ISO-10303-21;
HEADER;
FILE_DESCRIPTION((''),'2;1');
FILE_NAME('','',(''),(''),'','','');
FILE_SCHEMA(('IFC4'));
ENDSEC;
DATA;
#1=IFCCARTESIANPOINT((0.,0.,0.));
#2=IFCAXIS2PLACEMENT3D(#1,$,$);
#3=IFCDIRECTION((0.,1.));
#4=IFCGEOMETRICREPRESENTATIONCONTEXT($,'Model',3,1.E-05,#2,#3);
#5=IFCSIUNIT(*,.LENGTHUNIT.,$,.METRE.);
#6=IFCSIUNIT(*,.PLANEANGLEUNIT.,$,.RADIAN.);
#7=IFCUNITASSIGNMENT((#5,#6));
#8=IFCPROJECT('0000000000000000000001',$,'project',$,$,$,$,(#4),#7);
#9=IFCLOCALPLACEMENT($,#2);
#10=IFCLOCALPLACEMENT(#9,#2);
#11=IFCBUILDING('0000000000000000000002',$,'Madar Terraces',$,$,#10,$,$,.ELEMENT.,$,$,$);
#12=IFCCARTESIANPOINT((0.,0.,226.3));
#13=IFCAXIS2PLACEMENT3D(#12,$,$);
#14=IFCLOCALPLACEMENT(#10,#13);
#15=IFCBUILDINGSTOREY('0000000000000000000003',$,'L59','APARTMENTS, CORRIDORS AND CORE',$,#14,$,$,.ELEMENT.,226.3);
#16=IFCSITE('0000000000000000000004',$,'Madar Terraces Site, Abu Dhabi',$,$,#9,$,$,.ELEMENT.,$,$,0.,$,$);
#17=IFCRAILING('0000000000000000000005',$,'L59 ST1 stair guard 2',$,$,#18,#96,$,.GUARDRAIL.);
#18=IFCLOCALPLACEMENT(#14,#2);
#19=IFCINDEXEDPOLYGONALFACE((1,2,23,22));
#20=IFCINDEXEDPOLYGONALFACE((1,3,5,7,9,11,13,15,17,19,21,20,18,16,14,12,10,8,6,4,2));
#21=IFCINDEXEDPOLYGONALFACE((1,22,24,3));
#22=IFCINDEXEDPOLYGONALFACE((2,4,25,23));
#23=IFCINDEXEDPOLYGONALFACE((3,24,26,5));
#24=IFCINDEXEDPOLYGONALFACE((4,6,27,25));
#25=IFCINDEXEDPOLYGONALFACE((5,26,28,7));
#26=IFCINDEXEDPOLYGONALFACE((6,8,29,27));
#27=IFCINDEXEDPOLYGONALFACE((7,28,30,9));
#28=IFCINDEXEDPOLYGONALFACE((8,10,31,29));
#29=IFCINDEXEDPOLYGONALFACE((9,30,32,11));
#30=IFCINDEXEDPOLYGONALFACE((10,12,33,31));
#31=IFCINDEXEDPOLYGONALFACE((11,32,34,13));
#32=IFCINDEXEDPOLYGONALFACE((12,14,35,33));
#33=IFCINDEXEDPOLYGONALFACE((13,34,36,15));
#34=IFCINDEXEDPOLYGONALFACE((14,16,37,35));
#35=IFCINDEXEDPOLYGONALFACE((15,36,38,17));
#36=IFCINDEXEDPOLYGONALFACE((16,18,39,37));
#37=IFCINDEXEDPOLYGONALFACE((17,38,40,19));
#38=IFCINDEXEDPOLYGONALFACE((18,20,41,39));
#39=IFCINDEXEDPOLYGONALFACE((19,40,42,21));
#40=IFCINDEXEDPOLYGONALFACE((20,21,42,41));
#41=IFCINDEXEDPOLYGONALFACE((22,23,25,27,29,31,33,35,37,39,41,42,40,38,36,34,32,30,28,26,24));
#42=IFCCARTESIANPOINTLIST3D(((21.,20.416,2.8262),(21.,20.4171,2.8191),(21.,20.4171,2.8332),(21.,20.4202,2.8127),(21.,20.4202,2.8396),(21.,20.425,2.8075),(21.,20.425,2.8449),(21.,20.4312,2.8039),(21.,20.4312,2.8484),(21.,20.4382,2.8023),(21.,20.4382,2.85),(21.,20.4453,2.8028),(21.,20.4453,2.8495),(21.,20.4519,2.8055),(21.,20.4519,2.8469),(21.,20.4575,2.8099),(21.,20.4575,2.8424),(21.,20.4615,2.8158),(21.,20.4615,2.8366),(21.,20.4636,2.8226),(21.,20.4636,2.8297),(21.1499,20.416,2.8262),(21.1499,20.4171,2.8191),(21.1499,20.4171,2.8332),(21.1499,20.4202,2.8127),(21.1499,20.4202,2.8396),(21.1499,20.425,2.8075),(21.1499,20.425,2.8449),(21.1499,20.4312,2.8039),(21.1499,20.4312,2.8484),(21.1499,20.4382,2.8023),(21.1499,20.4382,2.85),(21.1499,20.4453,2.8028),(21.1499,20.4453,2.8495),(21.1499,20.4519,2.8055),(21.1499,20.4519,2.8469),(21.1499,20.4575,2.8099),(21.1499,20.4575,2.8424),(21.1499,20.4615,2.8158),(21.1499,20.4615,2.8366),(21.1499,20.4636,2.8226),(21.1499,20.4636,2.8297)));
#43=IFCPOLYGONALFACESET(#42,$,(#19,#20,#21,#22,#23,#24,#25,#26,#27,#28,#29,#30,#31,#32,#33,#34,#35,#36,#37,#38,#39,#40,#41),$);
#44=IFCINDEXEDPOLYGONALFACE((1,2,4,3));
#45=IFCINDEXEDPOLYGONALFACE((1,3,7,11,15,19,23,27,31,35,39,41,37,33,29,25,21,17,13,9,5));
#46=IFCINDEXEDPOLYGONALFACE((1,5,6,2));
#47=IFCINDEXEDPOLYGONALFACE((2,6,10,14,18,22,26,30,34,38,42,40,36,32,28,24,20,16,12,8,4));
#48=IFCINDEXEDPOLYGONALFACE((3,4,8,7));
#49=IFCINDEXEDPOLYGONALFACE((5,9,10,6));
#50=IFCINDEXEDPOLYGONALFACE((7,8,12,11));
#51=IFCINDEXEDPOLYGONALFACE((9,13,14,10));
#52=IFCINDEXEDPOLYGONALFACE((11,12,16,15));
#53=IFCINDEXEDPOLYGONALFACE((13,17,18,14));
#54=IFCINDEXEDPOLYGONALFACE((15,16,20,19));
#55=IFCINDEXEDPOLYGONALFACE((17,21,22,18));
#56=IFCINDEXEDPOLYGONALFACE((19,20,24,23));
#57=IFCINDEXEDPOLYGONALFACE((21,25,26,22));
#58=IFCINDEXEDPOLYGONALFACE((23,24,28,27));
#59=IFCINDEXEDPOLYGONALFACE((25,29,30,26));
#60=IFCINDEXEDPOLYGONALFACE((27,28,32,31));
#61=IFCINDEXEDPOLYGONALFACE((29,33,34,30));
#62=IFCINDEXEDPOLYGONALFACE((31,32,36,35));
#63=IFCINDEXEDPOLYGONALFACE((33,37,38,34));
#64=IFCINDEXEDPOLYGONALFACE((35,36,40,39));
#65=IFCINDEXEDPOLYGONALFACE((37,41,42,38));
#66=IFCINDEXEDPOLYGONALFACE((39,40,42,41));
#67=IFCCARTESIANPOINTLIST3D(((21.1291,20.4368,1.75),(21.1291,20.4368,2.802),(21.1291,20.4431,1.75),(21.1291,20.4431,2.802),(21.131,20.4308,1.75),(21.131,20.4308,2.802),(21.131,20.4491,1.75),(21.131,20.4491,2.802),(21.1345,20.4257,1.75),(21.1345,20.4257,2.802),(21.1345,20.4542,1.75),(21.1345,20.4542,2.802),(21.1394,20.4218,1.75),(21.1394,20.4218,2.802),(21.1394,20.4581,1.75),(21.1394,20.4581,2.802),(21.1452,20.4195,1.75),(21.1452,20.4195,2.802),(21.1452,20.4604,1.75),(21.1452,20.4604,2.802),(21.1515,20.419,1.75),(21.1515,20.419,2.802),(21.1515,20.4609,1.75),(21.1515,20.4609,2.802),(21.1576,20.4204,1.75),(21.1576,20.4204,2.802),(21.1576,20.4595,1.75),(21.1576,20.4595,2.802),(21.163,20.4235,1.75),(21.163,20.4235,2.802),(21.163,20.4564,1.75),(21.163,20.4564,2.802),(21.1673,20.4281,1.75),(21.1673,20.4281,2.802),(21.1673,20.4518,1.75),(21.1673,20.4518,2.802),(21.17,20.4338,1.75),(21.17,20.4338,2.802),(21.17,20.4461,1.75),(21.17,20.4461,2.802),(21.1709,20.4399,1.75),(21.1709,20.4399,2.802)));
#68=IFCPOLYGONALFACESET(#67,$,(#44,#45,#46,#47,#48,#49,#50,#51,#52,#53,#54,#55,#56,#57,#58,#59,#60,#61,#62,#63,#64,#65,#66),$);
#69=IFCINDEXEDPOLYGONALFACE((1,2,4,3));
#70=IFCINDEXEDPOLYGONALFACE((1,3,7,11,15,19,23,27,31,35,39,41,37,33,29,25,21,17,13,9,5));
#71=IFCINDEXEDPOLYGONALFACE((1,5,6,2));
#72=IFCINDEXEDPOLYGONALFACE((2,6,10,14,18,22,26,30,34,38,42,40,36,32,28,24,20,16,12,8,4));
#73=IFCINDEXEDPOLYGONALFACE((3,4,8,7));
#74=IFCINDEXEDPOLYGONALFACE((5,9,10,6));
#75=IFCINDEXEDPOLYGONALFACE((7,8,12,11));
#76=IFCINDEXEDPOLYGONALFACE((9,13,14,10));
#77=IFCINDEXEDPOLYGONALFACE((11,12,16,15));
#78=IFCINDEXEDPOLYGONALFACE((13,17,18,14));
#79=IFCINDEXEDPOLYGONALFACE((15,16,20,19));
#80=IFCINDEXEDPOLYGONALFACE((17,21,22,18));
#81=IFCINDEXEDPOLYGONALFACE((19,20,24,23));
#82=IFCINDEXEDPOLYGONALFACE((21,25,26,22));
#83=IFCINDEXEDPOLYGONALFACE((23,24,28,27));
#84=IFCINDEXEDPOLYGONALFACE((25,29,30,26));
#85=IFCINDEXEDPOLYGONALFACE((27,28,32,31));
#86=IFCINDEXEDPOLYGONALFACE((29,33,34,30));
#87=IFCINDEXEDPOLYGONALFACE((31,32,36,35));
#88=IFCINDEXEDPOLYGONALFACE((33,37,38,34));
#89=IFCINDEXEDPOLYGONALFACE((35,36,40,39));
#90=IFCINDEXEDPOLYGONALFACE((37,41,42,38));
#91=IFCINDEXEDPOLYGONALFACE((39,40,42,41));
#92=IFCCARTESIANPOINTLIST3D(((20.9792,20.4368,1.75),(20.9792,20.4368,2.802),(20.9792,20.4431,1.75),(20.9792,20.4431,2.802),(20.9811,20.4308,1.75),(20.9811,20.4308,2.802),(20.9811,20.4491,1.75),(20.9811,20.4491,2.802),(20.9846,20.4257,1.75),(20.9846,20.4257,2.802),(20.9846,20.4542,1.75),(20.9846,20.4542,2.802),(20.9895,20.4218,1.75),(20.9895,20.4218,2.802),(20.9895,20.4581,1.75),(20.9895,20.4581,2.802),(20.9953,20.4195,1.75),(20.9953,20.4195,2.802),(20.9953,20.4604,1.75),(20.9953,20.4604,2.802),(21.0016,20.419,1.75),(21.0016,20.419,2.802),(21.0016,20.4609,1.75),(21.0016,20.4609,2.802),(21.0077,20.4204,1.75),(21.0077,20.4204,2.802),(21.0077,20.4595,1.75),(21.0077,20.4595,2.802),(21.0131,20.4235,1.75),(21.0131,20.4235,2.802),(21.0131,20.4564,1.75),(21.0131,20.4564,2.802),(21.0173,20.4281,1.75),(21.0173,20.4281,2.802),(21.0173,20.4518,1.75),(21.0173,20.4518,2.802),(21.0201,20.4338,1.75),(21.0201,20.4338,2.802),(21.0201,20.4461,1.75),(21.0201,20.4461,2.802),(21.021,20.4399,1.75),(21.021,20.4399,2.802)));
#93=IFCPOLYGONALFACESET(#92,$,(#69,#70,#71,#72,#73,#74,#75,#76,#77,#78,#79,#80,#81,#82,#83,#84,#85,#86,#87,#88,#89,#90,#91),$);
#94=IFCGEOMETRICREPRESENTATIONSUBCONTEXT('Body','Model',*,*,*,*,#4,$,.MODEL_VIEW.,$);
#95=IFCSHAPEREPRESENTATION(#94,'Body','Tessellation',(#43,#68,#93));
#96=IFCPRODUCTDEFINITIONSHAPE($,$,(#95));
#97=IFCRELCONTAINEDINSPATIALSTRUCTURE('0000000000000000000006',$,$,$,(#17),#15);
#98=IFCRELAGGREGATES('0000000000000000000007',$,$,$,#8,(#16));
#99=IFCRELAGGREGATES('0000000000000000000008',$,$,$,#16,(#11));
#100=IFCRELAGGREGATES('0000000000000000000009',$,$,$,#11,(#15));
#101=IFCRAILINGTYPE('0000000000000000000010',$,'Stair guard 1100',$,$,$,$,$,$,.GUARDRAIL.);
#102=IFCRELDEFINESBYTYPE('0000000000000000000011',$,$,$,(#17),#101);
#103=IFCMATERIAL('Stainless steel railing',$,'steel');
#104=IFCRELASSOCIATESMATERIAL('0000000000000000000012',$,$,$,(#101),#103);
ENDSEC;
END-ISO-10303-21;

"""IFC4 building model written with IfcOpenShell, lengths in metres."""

from ifc_helpers import new_model, si_unit, direction, frame, origin, origin_2d, place, context, subcontext, project, spatial, circle, extrude, material, type_object, element, save


model = new_model("IFC4")

# Units and contexts
model_context = context("Model", 3, precision=1e-05, world=origin(), true_north=direction((0.0, 1.0)))
body_context = subcontext(model_context, "Body", "Model", "MODEL_VIEW")
ifc_project = project(units=[si_unit("LENGTHUNIT", "METRE"), si_unit("PLANEANGLEUNIT", "RADIAN")], contexts=[model_context])

# Site, building, storey
site_placement = place(None, origin())
site = spatial("IfcSite", under=ifc_project, at=site_placement, Name="Madar Terraces Site, Abu Dhabi", CompositionType="ELEMENT", RefElevation=0.0)
building_placement = place(site_placement, origin())
building = spatial("IfcBuilding", under=site, at=building_placement, Name="Madar Terraces", CompositionType="ELEMENT")
storey_placement = place(building_placement, frame((0.0, 0.0, 226.3)))
storey = spatial("IfcBuildingStorey", under=building, at=storey_placement, Name="L59", Description="APARTMENTS, CORRIDORS AND CORE", CompositionType="ELEMENT", Elevation=226.3)

# Railing
ifc_material_1 = material(Name="Stainless steel railing", Category="steel")
railing_type_1 = type_object("IfcRailingType", Name="Stair guard 1100", PredefinedType="GUARDRAIL", material=ifc_material_1)
railing_1_placement = place(storey_placement, frame((21.1499, 20.4399, 1.75)))
element("IfcRailing", 1, at=railing_1_placement, inside=storey, type_object=railing_type_1, Name="L59 ST1 stair guard 2", PredefinedType="GUARDRAIL", context=body_context, shape_type="SweptSolid", body=[
    extrude(circle(Radius=0.0239, at=origin_2d()), frame((0.0, 0.0, 1.0762), z_axis=(-1.0, 0.0, 0.0), x_axis=(0.0, -1.0, 0.0)), (0.0, 0.0, 1.0), 0.1499),
    extrude(circle(Radius=0.021, at=origin_2d()), origin(), (0.0, 0.0, 1.0), 1.052),
    extrude(circle(Radius=0.021, at=origin_2d()), frame((-0.1499, 0.0, 0.0)), (0.0, 0.0, 1.0), 1.052),
])

save(model, "model.ifc")
